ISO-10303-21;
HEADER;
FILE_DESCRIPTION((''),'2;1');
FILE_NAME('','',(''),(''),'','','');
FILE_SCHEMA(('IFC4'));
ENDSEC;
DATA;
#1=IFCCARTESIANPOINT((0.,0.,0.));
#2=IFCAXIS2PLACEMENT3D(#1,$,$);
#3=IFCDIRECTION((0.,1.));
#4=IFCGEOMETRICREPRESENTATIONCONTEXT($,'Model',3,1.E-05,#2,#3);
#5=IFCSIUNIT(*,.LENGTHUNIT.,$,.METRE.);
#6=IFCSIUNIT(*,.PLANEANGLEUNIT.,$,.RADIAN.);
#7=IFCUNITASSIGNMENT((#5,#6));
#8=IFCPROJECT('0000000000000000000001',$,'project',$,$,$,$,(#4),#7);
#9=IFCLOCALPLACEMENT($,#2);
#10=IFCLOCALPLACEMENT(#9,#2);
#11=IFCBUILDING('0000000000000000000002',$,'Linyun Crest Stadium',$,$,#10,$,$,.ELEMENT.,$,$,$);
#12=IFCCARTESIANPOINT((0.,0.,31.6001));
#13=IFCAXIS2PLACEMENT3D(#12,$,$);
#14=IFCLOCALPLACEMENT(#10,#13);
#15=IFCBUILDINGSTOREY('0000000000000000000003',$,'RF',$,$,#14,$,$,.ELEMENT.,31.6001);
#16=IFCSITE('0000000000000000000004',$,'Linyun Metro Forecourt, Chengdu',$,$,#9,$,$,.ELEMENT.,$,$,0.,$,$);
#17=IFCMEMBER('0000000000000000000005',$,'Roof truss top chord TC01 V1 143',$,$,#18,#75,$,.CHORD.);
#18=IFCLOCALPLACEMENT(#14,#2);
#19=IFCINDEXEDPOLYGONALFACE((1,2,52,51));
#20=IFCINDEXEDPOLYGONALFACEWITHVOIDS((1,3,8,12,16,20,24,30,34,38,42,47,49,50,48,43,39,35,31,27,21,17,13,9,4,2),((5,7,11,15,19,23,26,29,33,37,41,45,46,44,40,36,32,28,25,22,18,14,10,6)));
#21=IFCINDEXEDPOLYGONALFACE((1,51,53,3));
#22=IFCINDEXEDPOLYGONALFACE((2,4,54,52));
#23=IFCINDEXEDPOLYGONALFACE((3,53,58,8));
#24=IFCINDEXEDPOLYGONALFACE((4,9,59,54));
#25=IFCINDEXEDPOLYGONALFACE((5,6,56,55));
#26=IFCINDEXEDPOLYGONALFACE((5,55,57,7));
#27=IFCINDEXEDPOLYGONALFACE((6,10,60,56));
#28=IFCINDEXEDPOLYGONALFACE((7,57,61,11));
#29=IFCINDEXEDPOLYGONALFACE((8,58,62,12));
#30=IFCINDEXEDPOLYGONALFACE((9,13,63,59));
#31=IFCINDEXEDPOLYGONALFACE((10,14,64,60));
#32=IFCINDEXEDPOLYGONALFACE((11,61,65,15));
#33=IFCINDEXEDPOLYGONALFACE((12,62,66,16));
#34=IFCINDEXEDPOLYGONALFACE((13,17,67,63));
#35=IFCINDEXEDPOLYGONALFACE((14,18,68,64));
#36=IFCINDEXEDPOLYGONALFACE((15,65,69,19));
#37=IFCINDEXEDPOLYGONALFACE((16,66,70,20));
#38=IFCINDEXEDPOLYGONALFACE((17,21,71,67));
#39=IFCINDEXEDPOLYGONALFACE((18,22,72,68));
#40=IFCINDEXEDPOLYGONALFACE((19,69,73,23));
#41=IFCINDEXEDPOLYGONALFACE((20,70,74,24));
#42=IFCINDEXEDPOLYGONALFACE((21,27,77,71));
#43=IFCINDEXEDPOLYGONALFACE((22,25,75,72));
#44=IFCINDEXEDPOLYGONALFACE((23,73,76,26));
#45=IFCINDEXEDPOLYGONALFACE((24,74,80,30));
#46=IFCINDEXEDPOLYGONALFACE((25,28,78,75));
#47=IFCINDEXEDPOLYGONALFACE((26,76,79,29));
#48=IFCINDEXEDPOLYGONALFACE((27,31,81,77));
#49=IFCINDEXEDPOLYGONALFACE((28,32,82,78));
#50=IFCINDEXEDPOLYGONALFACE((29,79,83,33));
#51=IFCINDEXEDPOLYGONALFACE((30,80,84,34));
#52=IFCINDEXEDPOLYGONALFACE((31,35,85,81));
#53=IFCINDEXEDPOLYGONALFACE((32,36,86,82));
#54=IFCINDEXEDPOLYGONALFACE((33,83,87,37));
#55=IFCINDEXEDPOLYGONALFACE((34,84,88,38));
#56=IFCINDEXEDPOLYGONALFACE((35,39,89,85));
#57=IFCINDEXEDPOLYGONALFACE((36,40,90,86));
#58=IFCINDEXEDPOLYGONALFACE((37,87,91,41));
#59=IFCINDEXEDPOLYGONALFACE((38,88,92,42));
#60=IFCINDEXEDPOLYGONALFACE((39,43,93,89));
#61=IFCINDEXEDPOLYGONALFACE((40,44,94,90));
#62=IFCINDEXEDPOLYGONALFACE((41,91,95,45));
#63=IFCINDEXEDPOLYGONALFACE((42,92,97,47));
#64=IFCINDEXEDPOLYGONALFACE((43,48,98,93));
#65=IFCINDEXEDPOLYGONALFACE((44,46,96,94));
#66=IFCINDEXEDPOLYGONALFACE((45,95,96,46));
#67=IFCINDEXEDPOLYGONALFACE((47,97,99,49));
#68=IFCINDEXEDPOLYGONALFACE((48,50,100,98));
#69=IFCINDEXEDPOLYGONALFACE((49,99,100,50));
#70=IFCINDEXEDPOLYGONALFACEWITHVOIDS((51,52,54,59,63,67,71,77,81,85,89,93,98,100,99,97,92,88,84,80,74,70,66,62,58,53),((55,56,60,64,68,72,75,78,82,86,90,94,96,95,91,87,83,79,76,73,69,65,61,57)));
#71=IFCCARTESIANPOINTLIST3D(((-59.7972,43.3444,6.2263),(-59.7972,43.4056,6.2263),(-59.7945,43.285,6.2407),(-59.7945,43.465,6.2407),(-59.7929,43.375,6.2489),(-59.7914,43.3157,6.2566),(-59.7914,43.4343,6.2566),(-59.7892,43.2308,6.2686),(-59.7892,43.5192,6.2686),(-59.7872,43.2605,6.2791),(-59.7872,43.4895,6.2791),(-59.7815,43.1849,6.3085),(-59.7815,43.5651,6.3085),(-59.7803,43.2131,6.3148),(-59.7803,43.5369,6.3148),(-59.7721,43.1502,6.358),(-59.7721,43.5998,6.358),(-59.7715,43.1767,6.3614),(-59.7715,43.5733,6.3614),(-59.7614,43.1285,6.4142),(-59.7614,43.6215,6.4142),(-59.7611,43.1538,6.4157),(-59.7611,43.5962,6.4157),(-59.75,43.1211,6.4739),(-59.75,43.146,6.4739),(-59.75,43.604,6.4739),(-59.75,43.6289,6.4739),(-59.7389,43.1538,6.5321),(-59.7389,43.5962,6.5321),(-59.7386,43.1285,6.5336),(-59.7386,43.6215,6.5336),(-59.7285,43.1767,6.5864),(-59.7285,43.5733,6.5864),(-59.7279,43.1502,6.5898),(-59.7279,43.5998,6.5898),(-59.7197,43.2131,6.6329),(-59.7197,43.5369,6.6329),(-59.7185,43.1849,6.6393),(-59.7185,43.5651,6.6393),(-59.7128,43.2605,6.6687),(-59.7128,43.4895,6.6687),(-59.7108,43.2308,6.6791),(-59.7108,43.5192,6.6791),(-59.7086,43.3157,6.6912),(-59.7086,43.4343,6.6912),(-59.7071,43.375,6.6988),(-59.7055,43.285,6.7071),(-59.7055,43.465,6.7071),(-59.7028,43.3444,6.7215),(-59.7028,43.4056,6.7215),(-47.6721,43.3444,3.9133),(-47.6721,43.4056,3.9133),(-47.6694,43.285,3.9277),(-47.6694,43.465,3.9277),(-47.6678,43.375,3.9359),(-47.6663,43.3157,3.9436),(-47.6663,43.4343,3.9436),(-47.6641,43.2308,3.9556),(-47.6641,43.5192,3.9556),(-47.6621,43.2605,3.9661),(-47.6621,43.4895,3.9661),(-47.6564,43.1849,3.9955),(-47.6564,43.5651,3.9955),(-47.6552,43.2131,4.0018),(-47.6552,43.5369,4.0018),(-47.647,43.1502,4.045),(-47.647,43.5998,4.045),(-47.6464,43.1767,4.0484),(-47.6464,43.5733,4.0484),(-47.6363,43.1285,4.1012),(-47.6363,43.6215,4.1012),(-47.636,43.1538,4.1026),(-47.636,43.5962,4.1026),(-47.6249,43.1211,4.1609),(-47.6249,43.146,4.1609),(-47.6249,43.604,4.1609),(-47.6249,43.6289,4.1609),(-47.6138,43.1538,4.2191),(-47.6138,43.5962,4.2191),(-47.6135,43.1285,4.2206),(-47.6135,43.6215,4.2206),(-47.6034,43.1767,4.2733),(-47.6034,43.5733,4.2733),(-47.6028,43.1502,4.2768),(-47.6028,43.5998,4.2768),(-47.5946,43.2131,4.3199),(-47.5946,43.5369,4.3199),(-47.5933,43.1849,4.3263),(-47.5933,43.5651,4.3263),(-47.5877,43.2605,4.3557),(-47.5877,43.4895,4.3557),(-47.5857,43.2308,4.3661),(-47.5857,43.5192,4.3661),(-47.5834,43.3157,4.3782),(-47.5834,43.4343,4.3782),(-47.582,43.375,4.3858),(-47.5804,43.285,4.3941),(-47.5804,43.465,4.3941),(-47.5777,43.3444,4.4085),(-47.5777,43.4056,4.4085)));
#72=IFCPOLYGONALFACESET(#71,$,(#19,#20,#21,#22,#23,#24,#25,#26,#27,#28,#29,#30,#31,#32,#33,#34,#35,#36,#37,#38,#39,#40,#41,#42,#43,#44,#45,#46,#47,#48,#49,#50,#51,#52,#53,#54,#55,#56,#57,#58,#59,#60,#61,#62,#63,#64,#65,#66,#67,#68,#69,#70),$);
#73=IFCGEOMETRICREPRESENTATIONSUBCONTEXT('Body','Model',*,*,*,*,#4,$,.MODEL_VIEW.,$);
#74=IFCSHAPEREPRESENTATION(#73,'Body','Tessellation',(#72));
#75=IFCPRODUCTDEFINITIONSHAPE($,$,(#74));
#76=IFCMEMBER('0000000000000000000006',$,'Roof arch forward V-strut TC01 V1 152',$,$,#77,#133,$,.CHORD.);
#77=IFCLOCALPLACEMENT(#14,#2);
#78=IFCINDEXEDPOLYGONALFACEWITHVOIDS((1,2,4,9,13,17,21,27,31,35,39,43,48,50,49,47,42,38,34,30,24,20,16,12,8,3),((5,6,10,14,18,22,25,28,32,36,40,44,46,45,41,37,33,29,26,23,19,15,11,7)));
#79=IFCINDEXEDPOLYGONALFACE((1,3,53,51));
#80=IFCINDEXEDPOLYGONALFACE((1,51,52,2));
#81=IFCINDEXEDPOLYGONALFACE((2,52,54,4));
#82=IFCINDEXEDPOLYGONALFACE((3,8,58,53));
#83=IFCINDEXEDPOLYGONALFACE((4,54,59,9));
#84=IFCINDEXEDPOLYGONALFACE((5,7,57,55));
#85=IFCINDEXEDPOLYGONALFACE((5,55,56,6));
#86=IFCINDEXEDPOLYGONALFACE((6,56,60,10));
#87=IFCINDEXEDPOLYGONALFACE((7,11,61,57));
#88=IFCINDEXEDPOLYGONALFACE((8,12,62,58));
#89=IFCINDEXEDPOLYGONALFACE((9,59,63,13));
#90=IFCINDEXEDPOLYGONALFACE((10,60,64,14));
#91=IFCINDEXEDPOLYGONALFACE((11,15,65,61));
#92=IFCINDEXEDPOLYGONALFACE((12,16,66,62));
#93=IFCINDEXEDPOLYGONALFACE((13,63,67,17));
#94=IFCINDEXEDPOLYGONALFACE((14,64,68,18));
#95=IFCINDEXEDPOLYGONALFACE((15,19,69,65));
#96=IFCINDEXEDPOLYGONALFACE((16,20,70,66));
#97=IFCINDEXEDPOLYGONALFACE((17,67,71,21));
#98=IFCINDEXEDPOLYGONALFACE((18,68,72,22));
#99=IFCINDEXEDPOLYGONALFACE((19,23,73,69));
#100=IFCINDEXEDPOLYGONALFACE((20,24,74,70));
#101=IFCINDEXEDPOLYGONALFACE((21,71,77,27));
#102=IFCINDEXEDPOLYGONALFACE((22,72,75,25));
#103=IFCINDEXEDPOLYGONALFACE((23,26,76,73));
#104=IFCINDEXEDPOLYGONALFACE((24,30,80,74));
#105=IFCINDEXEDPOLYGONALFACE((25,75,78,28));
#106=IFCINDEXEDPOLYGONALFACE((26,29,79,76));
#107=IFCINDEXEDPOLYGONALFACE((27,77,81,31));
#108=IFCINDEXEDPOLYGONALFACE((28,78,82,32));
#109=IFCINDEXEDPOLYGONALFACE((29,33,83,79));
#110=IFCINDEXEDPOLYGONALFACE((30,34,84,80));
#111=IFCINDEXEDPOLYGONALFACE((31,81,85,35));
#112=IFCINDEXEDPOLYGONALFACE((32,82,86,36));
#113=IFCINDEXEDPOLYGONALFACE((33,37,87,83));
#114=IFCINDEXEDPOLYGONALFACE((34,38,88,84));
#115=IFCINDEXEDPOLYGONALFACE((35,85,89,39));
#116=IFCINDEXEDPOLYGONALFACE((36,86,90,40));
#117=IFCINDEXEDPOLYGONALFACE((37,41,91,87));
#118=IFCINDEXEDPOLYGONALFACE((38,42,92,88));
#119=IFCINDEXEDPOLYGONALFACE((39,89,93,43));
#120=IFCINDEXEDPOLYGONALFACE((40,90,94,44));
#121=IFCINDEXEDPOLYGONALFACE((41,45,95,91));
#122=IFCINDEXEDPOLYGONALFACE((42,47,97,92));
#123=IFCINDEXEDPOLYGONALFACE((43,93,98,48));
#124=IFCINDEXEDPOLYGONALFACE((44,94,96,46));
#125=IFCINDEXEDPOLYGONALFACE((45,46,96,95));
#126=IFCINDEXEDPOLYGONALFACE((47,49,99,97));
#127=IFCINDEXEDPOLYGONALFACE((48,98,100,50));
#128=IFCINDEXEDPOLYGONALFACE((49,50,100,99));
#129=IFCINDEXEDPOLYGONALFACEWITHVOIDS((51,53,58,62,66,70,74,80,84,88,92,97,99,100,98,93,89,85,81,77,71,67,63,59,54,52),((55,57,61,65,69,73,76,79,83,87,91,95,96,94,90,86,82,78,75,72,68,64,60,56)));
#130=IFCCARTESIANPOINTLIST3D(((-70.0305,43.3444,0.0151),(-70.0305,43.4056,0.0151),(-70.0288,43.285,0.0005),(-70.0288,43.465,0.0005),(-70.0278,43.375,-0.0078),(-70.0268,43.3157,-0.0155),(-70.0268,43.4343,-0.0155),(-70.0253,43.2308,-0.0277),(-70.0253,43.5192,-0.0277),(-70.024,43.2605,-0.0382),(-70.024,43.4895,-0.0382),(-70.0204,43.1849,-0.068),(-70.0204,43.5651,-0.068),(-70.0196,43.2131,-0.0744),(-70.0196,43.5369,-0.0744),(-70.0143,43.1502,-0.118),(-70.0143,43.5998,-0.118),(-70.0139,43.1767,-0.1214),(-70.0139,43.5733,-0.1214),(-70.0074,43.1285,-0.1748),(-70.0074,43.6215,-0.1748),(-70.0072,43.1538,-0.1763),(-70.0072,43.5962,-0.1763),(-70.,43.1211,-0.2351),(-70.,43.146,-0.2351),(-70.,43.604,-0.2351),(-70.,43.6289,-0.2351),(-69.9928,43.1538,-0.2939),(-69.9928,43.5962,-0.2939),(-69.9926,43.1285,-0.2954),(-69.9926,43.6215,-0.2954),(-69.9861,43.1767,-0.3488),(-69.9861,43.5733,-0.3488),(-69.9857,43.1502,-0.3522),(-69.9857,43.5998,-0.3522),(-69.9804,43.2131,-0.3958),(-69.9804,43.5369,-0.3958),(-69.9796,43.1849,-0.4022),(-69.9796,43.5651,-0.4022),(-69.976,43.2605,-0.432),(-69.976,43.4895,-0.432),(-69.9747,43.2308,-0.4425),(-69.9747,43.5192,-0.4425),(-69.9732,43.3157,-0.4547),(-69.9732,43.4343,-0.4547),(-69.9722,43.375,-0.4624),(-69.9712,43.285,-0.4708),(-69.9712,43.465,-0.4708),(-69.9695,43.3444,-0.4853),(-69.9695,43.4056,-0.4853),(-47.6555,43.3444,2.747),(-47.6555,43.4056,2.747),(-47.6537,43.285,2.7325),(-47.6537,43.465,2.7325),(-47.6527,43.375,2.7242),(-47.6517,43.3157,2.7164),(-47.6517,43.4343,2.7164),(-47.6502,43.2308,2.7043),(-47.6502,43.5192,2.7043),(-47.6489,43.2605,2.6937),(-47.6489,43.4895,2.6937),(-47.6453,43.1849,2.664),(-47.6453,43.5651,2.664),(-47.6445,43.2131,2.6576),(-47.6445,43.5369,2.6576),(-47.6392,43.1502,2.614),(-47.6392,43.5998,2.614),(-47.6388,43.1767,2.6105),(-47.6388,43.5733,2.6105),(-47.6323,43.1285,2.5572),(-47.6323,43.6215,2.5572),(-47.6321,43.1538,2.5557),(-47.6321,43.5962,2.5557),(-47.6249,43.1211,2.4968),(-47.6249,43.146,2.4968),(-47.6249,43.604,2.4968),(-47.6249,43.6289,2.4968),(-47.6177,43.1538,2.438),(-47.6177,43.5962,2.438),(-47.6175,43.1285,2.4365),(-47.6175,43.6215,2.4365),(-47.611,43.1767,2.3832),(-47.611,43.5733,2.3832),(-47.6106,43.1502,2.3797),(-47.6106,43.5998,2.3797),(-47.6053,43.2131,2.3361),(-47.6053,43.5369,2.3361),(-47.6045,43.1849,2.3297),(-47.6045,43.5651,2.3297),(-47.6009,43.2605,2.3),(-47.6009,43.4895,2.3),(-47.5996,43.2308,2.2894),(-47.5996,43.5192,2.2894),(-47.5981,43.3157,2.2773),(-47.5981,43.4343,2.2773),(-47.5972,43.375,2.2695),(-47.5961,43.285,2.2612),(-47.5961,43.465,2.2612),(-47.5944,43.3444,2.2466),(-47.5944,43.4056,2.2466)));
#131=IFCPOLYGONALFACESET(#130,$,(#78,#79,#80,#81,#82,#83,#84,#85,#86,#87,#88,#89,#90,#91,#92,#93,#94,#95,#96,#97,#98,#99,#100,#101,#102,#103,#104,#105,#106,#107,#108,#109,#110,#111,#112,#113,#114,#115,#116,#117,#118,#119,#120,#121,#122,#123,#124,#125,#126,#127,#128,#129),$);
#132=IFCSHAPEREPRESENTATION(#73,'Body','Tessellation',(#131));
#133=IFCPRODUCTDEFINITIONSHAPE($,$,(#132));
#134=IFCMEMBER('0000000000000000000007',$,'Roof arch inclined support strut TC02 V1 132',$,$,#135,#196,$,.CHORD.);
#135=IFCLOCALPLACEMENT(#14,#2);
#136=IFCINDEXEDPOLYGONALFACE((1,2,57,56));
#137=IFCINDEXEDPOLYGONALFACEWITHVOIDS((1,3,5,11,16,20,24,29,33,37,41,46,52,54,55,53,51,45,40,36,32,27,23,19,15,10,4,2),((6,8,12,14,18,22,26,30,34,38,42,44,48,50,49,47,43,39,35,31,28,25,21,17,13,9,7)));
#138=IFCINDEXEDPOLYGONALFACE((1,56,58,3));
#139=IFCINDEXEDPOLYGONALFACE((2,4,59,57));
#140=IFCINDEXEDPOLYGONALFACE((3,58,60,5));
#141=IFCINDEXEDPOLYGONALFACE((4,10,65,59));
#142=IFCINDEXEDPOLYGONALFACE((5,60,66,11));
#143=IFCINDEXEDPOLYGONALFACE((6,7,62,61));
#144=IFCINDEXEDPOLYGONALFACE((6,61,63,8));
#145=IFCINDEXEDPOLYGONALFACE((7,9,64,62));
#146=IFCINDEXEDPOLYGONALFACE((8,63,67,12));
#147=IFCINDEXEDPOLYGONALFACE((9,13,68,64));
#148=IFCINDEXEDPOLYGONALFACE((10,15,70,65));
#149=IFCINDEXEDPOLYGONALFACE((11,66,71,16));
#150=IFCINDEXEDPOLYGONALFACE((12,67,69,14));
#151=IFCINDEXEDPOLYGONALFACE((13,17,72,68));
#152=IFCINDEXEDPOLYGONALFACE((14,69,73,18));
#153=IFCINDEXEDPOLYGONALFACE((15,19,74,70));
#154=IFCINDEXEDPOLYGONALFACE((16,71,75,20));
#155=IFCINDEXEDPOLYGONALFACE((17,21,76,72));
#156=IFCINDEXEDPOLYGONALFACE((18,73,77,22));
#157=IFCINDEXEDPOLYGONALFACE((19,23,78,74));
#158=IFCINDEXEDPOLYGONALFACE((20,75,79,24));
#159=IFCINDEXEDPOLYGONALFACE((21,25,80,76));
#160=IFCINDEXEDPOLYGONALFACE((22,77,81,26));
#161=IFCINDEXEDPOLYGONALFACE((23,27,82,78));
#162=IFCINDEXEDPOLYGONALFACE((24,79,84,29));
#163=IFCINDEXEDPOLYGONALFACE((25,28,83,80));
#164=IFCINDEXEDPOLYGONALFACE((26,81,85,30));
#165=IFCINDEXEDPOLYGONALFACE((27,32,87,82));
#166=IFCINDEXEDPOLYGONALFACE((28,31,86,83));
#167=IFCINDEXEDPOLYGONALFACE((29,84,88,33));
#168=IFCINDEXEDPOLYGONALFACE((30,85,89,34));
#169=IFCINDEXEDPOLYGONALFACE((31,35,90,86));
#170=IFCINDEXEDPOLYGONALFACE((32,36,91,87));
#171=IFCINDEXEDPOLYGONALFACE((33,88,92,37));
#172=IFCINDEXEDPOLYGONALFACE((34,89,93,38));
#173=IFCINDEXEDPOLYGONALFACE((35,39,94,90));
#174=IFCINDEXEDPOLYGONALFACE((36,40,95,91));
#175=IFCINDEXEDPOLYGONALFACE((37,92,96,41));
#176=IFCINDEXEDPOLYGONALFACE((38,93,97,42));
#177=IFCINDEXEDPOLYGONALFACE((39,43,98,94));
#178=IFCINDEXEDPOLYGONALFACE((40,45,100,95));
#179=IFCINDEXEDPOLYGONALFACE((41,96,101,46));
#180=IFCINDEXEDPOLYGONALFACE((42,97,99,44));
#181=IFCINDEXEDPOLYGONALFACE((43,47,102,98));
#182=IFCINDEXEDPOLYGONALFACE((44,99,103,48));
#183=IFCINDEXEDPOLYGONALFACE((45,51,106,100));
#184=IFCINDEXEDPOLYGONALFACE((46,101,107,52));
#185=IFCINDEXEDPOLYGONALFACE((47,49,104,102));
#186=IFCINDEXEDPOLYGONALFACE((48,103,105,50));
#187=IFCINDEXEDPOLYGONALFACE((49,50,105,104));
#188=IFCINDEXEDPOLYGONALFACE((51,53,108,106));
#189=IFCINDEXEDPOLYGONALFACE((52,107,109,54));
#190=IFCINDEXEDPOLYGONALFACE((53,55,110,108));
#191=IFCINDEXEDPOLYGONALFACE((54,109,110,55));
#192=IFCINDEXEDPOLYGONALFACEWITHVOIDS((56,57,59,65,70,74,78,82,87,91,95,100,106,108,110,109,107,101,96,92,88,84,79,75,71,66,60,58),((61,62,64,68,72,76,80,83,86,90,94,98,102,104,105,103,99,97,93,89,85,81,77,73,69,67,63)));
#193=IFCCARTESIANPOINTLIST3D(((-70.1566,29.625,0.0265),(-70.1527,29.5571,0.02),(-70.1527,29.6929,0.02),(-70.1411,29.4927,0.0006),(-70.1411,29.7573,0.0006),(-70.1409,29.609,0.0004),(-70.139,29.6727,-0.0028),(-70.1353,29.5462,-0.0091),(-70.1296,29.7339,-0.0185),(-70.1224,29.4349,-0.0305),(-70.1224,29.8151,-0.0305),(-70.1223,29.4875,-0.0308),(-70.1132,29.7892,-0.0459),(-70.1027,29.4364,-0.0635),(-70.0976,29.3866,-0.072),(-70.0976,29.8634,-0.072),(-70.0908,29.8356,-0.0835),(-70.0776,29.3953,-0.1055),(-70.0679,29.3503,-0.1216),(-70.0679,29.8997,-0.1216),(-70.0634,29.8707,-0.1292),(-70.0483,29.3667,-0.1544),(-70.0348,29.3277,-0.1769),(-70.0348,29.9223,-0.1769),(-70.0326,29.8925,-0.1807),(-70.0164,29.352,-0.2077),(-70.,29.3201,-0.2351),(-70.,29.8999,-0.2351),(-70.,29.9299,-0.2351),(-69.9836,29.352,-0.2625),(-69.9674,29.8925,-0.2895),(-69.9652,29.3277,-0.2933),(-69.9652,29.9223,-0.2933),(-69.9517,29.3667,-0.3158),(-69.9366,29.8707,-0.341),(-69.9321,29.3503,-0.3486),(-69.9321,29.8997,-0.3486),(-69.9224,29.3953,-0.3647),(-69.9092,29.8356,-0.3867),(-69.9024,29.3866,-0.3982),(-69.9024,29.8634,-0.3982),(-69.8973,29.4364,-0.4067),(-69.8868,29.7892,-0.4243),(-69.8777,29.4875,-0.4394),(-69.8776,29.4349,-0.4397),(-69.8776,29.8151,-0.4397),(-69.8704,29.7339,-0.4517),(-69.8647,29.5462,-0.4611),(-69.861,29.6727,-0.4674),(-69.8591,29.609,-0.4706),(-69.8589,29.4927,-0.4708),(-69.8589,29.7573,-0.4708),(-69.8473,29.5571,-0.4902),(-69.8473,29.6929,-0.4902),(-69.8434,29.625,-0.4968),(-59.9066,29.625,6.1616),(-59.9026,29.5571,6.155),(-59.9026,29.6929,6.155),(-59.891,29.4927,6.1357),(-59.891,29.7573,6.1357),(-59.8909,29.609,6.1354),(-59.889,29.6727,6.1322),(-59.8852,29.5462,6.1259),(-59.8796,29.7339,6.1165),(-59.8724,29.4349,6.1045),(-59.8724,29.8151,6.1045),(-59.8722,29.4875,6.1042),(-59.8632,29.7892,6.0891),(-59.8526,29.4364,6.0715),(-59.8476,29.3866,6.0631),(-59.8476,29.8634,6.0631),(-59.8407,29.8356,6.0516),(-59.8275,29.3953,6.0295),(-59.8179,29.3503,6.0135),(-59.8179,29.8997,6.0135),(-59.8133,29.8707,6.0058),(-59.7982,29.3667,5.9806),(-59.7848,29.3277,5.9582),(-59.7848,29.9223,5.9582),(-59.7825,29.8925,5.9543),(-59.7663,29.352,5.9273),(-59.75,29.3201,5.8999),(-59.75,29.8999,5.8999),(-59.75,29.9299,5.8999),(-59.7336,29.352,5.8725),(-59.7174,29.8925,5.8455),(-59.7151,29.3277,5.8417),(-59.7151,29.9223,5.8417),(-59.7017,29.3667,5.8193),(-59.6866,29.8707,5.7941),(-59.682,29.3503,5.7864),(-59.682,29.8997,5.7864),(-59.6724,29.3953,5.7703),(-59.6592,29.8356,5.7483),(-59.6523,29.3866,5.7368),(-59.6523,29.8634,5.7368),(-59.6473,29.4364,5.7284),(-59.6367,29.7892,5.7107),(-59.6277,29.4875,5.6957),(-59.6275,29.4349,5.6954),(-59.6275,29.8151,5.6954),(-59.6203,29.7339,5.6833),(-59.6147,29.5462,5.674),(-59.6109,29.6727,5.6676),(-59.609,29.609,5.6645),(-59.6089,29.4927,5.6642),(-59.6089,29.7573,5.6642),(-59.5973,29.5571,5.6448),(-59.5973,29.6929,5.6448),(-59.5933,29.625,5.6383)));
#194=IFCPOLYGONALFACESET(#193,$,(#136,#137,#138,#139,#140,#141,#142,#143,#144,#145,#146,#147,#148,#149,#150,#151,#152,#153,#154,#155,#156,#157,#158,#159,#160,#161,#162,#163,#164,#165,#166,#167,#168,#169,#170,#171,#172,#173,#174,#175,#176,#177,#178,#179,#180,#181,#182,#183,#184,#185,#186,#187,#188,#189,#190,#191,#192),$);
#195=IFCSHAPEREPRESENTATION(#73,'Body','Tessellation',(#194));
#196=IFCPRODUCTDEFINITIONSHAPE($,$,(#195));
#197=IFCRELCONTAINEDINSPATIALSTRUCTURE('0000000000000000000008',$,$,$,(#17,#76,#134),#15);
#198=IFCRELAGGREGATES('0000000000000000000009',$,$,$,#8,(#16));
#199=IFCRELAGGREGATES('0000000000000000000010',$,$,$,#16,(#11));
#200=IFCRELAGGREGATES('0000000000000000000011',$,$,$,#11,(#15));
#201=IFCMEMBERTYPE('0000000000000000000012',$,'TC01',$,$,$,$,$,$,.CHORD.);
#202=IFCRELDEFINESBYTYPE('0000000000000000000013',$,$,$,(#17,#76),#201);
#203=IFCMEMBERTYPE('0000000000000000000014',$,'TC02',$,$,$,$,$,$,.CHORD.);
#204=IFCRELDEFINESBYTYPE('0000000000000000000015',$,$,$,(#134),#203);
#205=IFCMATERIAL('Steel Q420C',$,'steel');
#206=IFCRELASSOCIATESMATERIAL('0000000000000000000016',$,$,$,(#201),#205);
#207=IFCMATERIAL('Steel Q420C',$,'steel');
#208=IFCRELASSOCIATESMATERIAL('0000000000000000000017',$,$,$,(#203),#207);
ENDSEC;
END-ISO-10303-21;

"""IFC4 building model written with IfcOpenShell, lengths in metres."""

from ifc_helpers import new_model, si_unit, direction, frame, origin, origin_2d, place, context, subcontext, project, spatial, hollow_circle, extrude, material, material_profile, profile_set, type_object, element, save


model = new_model("IFC4")

# Units and contexts
model_context = context("Model", 3, precision=1e-05, world=origin(), true_north=direction((0.0, 1.0)))
body_context = subcontext(model_context, "Body", "Model", "MODEL_VIEW")
ifc_project = project(units=[si_unit("LENGTHUNIT", "METRE"), si_unit("PLANEANGLEUNIT", "RADIAN")], contexts=[model_context])

# Site, building, storey
site_placement = place(None, origin())
site = spatial("IfcSite", under=ifc_project, at=site_placement, Name="Linyun Metro Forecourt, Chengdu", CompositionType="ELEMENT", RefElevation=0.0)
building_placement = place(site_placement, origin())
building = spatial("IfcBuilding", under=site, at=building_placement, Name="Linyun Crest Stadium", CompositionType="ELEMENT")
storey_placement = place(building_placement, frame((0.0, 0.0, 31.6001)))
storey = spatial("IfcBuildingStorey", under=building, at=storey_placement, Name="RF", CompositionType="ELEMENT", Elevation=31.6001)

# Members
ifc_material_1 = material(Name="Steel Q420C", Category="steel")
ifc_material_profile_1 = material_profile(ifc_material_1, hollow_circle(Radius=0.2539, WallThickness=0.0249, at=origin_2d()), Name="CHS 508x25")
ifc_profile_set_1 = profile_set([ifc_material_profile_1], Name="Steel Q420C")
member_type_1 = type_object("IfcMemberType", Name="TC01", PredefinedType="CHORD", material=ifc_profile_set_1)
member_1_placement = place(storey_placement, frame((-59.75, 43.375, 6.4739), z_axis=(0.982287, 0.0, -0.187383), x_axis=(0.0, 1.0, 0.0)))
element("IfcMember", 1, at=member_1_placement, inside=storey, type_object=member_type_1, Name="Roof truss top chord TC01 V1 143", PredefinedType="CHORD", context=body_context, shape_type="SweptSolid", body=[
    extrude(hollow_circle(Radius=0.2539, WallThickness=0.0249, at=origin_2d()), origin(), (0.0, 0.0, 1.0), 12.3438),
])
member_2_placement = place(storey_placement, frame((-70.0, 43.375, -0.2351), z_axis=(0.992628, 0.0, 0.121198), x_axis=(0.0, 1.0, 0.0)))
element("IfcMember", 2, at=member_2_placement, inside=storey, type_object=member_type_1, Name="Roof arch forward V-strut TC01 V1 152", PredefinedType="CHORD", context=body_context, shape_type="SweptSolid", body=[
    extrude(hollow_circle(Radius=0.2539, WallThickness=0.0249, at=origin_2d()), origin(), (0.0, 0.0, 1.0), 22.5413),
])
ifc_material_2 = material(Name="Steel Q420C", Category="steel")
ifc_material_profile_2 = material_profile(ifc_material_2, hollow_circle(Radius=0.3049, WallThickness=0.03, at=origin_2d()), Name="CHS 610x30")
ifc_profile_set_2 = profile_set([ifc_material_profile_2], Name="Steel Q420C")
member_type_2 = type_object("IfcMemberType", Name="TC02", PredefinedType="CHORD", material=ifc_profile_set_2)
member_3_placement = place(storey_placement, frame((-70.0, 29.625, -0.2351), z_axis=(0.858046, 0.0, 0.513573), x_axis=(0.0, 1.0, 0.0)))
element("IfcMember", 3, at=member_3_placement, inside=storey, type_object=member_type_2, Name="Roof arch inclined support strut TC02 V1 132", PredefinedType="CHORD", context=body_context, shape_type="SweptSolid", body=[
    extrude(hollow_circle(Radius=0.3049, WallThickness=0.03, at=origin_2d()), origin(), (0.0, 0.0, 1.0), 11.9458),
])

save(model, "model.ifc")
